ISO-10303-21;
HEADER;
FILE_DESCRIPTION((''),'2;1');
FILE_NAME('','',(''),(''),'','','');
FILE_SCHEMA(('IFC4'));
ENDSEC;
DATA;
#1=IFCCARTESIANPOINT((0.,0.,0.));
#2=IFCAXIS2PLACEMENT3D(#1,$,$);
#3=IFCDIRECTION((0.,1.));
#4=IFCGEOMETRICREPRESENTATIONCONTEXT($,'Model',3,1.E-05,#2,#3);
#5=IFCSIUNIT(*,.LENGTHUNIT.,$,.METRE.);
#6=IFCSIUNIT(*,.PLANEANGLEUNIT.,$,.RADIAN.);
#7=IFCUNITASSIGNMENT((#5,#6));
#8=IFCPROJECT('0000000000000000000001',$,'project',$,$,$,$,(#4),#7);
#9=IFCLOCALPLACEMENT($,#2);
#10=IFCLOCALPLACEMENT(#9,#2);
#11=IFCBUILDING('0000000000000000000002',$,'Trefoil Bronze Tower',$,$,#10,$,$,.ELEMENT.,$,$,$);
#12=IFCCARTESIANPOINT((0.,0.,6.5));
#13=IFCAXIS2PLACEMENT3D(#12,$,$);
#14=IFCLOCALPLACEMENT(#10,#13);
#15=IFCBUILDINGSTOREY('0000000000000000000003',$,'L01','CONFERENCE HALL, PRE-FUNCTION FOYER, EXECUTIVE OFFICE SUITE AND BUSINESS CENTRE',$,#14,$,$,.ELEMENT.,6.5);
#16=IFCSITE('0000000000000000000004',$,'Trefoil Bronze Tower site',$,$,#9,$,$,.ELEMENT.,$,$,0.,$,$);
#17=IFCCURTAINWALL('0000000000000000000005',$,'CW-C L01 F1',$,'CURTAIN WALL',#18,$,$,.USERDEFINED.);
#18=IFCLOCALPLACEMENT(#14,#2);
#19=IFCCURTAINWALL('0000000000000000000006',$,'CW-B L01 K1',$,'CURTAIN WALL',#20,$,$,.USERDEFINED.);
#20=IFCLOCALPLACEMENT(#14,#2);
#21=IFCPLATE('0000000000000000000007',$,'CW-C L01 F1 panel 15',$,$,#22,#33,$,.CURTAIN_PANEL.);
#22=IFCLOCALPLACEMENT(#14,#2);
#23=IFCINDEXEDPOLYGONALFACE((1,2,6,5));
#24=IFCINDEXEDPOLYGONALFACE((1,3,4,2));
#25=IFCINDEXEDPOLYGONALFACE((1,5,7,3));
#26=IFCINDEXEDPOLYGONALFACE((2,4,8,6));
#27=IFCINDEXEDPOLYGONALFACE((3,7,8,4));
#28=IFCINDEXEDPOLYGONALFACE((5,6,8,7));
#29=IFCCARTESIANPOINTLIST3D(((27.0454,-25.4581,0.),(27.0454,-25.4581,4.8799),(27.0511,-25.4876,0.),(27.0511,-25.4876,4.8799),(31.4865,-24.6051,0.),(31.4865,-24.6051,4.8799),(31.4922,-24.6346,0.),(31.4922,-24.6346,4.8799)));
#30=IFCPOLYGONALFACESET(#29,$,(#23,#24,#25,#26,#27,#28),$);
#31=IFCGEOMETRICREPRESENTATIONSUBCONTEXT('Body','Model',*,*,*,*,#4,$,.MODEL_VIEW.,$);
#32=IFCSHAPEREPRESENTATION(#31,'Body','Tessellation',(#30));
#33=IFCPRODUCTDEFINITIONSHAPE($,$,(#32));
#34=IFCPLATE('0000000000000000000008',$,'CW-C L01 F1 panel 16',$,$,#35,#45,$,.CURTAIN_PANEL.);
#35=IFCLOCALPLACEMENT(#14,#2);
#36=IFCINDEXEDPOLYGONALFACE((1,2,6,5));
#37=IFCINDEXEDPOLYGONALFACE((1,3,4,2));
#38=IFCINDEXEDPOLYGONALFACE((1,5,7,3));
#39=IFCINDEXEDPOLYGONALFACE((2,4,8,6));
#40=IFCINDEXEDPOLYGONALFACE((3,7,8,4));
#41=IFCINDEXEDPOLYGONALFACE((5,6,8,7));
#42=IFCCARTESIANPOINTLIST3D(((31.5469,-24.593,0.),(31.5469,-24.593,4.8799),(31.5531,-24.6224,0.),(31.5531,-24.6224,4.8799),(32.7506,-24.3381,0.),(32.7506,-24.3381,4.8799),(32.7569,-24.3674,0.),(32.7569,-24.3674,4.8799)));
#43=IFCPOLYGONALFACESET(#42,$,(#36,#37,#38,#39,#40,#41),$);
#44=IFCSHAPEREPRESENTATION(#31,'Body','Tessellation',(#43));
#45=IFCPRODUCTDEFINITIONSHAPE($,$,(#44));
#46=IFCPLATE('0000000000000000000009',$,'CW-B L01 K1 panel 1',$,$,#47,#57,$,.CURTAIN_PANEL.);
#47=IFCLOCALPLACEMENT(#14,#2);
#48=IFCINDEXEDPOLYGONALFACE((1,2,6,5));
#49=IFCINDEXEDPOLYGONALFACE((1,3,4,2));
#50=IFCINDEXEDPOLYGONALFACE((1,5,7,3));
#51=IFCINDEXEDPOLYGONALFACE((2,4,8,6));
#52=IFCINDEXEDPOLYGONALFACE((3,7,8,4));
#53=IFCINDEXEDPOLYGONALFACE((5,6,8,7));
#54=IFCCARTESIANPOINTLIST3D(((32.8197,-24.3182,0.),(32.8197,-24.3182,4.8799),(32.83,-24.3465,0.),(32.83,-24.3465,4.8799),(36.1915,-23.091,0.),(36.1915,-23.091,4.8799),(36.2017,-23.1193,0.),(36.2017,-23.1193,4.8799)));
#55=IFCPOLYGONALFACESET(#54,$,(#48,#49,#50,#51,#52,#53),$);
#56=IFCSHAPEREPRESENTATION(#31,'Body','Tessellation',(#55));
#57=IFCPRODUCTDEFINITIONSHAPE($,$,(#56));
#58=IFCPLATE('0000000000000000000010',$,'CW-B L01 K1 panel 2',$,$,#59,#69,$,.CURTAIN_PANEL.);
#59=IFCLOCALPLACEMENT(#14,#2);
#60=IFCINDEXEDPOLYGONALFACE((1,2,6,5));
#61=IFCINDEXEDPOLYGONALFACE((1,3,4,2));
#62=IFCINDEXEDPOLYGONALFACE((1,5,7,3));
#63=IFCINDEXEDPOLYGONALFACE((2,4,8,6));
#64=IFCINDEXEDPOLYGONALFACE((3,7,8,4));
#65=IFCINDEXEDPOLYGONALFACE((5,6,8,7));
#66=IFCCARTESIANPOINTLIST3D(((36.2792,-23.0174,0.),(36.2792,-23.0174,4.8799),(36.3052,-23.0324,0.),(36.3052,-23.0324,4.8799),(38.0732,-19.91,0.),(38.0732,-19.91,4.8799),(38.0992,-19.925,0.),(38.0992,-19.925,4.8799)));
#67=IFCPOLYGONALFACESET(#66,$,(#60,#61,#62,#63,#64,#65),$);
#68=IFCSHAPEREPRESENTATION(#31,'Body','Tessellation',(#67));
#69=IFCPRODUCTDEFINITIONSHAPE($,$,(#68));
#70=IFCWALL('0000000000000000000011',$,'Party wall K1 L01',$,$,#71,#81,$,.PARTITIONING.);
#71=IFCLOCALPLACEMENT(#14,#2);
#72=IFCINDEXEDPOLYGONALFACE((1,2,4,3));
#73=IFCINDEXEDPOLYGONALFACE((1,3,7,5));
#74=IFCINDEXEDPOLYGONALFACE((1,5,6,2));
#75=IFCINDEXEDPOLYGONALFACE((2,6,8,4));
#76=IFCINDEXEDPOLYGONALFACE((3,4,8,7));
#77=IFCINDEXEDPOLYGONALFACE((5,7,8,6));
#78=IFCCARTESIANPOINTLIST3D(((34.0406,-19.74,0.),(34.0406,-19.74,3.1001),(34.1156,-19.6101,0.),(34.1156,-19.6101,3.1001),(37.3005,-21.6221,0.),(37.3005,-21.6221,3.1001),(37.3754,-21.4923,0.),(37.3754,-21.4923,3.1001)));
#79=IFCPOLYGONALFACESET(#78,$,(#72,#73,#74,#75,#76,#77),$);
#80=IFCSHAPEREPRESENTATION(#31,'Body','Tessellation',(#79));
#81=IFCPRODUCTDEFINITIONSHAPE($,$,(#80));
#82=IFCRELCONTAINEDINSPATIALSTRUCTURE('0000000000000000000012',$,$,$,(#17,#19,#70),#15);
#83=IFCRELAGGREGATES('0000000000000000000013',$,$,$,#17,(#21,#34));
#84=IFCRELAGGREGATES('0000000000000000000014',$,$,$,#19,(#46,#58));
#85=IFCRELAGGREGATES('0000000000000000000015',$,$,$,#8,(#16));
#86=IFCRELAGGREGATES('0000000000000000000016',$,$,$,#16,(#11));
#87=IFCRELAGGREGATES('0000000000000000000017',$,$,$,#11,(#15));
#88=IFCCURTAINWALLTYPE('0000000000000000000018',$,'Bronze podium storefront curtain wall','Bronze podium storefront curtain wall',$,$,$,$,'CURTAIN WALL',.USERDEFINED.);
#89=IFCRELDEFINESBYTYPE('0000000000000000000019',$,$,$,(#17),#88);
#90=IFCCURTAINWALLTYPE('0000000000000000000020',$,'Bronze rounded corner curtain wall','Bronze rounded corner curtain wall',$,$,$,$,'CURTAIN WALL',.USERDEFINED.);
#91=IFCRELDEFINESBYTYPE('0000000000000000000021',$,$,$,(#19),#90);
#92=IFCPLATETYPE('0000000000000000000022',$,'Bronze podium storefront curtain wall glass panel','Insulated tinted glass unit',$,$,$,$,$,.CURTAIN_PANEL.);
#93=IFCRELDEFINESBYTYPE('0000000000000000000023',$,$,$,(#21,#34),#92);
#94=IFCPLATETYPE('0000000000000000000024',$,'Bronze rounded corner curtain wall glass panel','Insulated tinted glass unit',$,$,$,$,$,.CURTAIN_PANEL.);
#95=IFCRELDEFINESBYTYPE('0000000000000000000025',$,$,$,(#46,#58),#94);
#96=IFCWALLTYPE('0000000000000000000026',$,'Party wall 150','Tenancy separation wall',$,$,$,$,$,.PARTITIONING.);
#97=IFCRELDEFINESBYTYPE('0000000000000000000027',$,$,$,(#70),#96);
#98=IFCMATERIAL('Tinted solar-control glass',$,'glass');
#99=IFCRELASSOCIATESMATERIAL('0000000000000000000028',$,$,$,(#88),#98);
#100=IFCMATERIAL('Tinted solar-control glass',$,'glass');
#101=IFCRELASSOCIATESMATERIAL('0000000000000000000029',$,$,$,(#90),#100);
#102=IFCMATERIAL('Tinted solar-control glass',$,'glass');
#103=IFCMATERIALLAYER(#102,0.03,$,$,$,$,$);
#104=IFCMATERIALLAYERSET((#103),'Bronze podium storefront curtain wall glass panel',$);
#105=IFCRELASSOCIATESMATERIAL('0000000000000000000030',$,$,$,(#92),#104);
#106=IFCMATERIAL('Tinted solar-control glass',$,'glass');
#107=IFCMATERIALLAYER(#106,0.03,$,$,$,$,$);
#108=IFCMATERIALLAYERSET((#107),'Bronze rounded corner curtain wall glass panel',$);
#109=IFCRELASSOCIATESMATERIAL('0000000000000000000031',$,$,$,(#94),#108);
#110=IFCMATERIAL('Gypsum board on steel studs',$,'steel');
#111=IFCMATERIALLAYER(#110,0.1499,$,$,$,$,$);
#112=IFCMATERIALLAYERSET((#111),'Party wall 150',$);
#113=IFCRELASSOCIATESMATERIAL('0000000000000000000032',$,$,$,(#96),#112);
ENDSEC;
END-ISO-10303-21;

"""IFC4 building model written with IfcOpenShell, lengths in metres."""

from ifc_helpers import new_model, si_unit, direction, frame, frame_2d, origin, origin_2d, place, context, subcontext, project, spatial, rectangle, extrude, material, layer, layer_set, type_object, element, aggregate, save


model = new_model("IFC4")

# Units and contexts
model_context = context("Model", 3, precision=1e-05, world=origin(), true_north=direction((0.0, 1.0)))
body_context = subcontext(model_context, "Body", "Model", "MODEL_VIEW")
ifc_project = project(units=[si_unit("LENGTHUNIT", "METRE"), si_unit("PLANEANGLEUNIT", "RADIAN")], contexts=[model_context])

# Site, building, storey
site_placement = place(None, origin())
site = spatial("IfcSite", under=ifc_project, at=site_placement, Name="Trefoil Bronze Tower site", CompositionType="ELEMENT", RefElevation=0.0)
building_placement = place(site_placement, origin())
building = spatial("IfcBuilding", under=site, at=building_placement, Name="Trefoil Bronze Tower", CompositionType="ELEMENT")
storey_placement = place(building_placement, frame((0.0, 0.0, 6.5)))
storey = spatial("IfcBuildingStorey", under=building, at=storey_placement, Name="L01", Description="CONFERENCE HALL, PRE-FUNCTION FOYER, EXECUTIVE OFFICE SUITE AND BUSINESS CENTRE", CompositionType="ELEMENT", Elevation=6.5)

# Curtain walls
ifc_material_1 = material(Name="Tinted solar-control glass", Category="glass")
curtain_wall_type_1 = type_object("IfcCurtainWallType", Name="Bronze podium storefront curtain wall", Description="Bronze podium storefront curtain wall", ElementType="CURTAIN WALL", PredefinedType="USERDEFINED", material=ifc_material_1)
curtain_wall_1_placement = place(storey_placement, origin())
curtain_wall_1 = element("IfcCurtainWall", 1, at=curtain_wall_1_placement, inside=storey, type_object=curtain_wall_type_1, Name="CW-C L01 F1", ObjectType="CURTAIN WALL", PredefinedType="USERDEFINED")
ifc_material_2 = material(Name="Tinted solar-control glass", Category="glass")
curtain_wall_type_2 = type_object("IfcCurtainWallType", Name="Bronze rounded corner curtain wall", Description="Bronze rounded corner curtain wall", ElementType="CURTAIN WALL", PredefinedType="USERDEFINED", material=ifc_material_2)
curtain_wall_2_placement = place(storey_placement, origin())
curtain_wall_2 = element("IfcCurtainWall", 2, at=curtain_wall_2_placement, inside=storey, type_object=curtain_wall_type_2, Name="CW-B L01 K1", ObjectType="CURTAIN WALL", PredefinedType="USERDEFINED")

# Plates
ifc_material_3 = material(Name="Tinted solar-control glass", Category="glass")
ifc_layer_1 = layer(ifc_material_3, 0.03)
ifc_layer_set_1 = layer_set([ifc_layer_1], Name="Bronze podium storefront curtain wall glass panel")
plate_type_1 = type_object("IfcPlateType", Name="Bronze podium storefront curtain wall glass panel", Description="Insulated tinted glass unit", PredefinedType="CURTAIN_PANEL", material=ifc_layer_set_1)
plate_1_placement = place(storey_placement, frame((29.2688, -25.0464, 0.0), z_axis=(0.0, 0.0, 1.0), x_axis=(0.98205, 0.188622, 0.0)))
plate_1 = element("IfcPlate", 3, at=plate_1_placement, type_object=plate_type_1, Name="CW-C L01 F1 panel 15", PredefinedType="CURTAIN_PANEL", context=body_context, shape_type="SweptSolid", body=[
    extrude(rectangle(XDim=4.5222, YDim=0.03, at=origin_2d()), origin(), (0.0, 0.0, 1.0), 4.8799),
])
plate_2_placement = place(storey_placement, frame((32.1519, -24.4802, 0.0), z_axis=(0.0, 0.0, 1.0), x_axis=(0.978303, 0.207181, 0.0)))
plate_2 = element("IfcPlate", 4, at=plate_2_placement, type_object=plate_type_1, Name="CW-C L01 F1 panel 16", PredefinedType="CURTAIN_PANEL", context=body_context, shape_type="SweptSolid", body=[
    extrude(rectangle(XDim=1.2305, YDim=0.03, at=origin_2d()), origin(), (0.0, 0.0, 1.0), 4.8799),
])
aggregate(curtain_wall_1, [plate_1, plate_2])
ifc_material_4 = material(Name="Tinted solar-control glass", Category="glass")
ifc_layer_2 = layer(ifc_material_4, 0.03)
ifc_layer_set_2 = layer_set([ifc_layer_2], Name="Bronze rounded corner curtain wall glass panel")
plate_type_2 = type_object("IfcPlateType", Name="Bronze rounded corner curtain wall glass panel", Description="Insulated tinted glass unit", PredefinedType="CURTAIN_PANEL", material=ifc_layer_set_2)
plate_3_placement = place(storey_placement, frame((34.5107, -23.7188, 0.0), z_axis=(0.0, 0.0, 1.0), x_axis=(0.939693, 0.34202, 0.0)))
plate_3 = element("IfcPlate", 5, at=plate_3_placement, type_object=plate_type_2, Name="CW-B L01 K1 panel 1", PredefinedType="CURTAIN_PANEL", context=body_context, shape_type="SweptSolid", body=[
    extrude(rectangle(XDim=3.5881, YDim=0.03, at=origin_2d()), origin(), (0.0, 0.0, 1.0), 4.8799),
])
plate_4_placement = place(storey_placement, frame((37.1892, -21.4712, 0.0), z_axis=(0.0, 0.0, 1.0), x_axis=(0.5, 0.866025, 0.0)))
plate_4 = element("IfcPlate", 6, at=plate_4_placement, type_object=plate_type_2, Name="CW-B L01 K1 panel 2", PredefinedType="CURTAIN_PANEL", context=body_context, shape_type="SweptSolid", body=[
    extrude(rectangle(XDim=3.5881, YDim=0.03, at=origin_2d()), origin(), (0.0, 0.0, 1.0), 4.8799),
])
aggregate(curtain_wall_2, [plate_3, plate_4])

# Wall
ifc_material_5 = material(Name="Gypsum board on steel studs", Category="steel")
ifc_layer_3 = layer(ifc_material_5, 0.1499)
ifc_layer_set_3 = layer_set([ifc_layer_3], Name="Party wall 150")
wall_type = type_object("IfcWallType", Name="Party wall 150", Description="Tenancy separation wall", PredefinedType="PARTITIONING", material=ifc_layer_set_3)
wall_placement = place(storey_placement, frame((34.0781, -19.675, 0.0), z_axis=(0.0, 0.0, 1.0), x_axis=(0.866019, -0.500011, 0.0)))
element("IfcWall", 7, at=wall_placement, inside=storey, type_object=wall_type, Name="Party wall K1 L01", PredefinedType="PARTITIONING", context=body_context, shape_type="SweptSolid", body=[
    extrude(rectangle(XDim=3.7642, YDim=0.1499, at=frame_2d((1.8821, 0.0))), origin(), (0.0, 0.0, 1.0), 3.1001),
])

save(model, "model.ifc")
